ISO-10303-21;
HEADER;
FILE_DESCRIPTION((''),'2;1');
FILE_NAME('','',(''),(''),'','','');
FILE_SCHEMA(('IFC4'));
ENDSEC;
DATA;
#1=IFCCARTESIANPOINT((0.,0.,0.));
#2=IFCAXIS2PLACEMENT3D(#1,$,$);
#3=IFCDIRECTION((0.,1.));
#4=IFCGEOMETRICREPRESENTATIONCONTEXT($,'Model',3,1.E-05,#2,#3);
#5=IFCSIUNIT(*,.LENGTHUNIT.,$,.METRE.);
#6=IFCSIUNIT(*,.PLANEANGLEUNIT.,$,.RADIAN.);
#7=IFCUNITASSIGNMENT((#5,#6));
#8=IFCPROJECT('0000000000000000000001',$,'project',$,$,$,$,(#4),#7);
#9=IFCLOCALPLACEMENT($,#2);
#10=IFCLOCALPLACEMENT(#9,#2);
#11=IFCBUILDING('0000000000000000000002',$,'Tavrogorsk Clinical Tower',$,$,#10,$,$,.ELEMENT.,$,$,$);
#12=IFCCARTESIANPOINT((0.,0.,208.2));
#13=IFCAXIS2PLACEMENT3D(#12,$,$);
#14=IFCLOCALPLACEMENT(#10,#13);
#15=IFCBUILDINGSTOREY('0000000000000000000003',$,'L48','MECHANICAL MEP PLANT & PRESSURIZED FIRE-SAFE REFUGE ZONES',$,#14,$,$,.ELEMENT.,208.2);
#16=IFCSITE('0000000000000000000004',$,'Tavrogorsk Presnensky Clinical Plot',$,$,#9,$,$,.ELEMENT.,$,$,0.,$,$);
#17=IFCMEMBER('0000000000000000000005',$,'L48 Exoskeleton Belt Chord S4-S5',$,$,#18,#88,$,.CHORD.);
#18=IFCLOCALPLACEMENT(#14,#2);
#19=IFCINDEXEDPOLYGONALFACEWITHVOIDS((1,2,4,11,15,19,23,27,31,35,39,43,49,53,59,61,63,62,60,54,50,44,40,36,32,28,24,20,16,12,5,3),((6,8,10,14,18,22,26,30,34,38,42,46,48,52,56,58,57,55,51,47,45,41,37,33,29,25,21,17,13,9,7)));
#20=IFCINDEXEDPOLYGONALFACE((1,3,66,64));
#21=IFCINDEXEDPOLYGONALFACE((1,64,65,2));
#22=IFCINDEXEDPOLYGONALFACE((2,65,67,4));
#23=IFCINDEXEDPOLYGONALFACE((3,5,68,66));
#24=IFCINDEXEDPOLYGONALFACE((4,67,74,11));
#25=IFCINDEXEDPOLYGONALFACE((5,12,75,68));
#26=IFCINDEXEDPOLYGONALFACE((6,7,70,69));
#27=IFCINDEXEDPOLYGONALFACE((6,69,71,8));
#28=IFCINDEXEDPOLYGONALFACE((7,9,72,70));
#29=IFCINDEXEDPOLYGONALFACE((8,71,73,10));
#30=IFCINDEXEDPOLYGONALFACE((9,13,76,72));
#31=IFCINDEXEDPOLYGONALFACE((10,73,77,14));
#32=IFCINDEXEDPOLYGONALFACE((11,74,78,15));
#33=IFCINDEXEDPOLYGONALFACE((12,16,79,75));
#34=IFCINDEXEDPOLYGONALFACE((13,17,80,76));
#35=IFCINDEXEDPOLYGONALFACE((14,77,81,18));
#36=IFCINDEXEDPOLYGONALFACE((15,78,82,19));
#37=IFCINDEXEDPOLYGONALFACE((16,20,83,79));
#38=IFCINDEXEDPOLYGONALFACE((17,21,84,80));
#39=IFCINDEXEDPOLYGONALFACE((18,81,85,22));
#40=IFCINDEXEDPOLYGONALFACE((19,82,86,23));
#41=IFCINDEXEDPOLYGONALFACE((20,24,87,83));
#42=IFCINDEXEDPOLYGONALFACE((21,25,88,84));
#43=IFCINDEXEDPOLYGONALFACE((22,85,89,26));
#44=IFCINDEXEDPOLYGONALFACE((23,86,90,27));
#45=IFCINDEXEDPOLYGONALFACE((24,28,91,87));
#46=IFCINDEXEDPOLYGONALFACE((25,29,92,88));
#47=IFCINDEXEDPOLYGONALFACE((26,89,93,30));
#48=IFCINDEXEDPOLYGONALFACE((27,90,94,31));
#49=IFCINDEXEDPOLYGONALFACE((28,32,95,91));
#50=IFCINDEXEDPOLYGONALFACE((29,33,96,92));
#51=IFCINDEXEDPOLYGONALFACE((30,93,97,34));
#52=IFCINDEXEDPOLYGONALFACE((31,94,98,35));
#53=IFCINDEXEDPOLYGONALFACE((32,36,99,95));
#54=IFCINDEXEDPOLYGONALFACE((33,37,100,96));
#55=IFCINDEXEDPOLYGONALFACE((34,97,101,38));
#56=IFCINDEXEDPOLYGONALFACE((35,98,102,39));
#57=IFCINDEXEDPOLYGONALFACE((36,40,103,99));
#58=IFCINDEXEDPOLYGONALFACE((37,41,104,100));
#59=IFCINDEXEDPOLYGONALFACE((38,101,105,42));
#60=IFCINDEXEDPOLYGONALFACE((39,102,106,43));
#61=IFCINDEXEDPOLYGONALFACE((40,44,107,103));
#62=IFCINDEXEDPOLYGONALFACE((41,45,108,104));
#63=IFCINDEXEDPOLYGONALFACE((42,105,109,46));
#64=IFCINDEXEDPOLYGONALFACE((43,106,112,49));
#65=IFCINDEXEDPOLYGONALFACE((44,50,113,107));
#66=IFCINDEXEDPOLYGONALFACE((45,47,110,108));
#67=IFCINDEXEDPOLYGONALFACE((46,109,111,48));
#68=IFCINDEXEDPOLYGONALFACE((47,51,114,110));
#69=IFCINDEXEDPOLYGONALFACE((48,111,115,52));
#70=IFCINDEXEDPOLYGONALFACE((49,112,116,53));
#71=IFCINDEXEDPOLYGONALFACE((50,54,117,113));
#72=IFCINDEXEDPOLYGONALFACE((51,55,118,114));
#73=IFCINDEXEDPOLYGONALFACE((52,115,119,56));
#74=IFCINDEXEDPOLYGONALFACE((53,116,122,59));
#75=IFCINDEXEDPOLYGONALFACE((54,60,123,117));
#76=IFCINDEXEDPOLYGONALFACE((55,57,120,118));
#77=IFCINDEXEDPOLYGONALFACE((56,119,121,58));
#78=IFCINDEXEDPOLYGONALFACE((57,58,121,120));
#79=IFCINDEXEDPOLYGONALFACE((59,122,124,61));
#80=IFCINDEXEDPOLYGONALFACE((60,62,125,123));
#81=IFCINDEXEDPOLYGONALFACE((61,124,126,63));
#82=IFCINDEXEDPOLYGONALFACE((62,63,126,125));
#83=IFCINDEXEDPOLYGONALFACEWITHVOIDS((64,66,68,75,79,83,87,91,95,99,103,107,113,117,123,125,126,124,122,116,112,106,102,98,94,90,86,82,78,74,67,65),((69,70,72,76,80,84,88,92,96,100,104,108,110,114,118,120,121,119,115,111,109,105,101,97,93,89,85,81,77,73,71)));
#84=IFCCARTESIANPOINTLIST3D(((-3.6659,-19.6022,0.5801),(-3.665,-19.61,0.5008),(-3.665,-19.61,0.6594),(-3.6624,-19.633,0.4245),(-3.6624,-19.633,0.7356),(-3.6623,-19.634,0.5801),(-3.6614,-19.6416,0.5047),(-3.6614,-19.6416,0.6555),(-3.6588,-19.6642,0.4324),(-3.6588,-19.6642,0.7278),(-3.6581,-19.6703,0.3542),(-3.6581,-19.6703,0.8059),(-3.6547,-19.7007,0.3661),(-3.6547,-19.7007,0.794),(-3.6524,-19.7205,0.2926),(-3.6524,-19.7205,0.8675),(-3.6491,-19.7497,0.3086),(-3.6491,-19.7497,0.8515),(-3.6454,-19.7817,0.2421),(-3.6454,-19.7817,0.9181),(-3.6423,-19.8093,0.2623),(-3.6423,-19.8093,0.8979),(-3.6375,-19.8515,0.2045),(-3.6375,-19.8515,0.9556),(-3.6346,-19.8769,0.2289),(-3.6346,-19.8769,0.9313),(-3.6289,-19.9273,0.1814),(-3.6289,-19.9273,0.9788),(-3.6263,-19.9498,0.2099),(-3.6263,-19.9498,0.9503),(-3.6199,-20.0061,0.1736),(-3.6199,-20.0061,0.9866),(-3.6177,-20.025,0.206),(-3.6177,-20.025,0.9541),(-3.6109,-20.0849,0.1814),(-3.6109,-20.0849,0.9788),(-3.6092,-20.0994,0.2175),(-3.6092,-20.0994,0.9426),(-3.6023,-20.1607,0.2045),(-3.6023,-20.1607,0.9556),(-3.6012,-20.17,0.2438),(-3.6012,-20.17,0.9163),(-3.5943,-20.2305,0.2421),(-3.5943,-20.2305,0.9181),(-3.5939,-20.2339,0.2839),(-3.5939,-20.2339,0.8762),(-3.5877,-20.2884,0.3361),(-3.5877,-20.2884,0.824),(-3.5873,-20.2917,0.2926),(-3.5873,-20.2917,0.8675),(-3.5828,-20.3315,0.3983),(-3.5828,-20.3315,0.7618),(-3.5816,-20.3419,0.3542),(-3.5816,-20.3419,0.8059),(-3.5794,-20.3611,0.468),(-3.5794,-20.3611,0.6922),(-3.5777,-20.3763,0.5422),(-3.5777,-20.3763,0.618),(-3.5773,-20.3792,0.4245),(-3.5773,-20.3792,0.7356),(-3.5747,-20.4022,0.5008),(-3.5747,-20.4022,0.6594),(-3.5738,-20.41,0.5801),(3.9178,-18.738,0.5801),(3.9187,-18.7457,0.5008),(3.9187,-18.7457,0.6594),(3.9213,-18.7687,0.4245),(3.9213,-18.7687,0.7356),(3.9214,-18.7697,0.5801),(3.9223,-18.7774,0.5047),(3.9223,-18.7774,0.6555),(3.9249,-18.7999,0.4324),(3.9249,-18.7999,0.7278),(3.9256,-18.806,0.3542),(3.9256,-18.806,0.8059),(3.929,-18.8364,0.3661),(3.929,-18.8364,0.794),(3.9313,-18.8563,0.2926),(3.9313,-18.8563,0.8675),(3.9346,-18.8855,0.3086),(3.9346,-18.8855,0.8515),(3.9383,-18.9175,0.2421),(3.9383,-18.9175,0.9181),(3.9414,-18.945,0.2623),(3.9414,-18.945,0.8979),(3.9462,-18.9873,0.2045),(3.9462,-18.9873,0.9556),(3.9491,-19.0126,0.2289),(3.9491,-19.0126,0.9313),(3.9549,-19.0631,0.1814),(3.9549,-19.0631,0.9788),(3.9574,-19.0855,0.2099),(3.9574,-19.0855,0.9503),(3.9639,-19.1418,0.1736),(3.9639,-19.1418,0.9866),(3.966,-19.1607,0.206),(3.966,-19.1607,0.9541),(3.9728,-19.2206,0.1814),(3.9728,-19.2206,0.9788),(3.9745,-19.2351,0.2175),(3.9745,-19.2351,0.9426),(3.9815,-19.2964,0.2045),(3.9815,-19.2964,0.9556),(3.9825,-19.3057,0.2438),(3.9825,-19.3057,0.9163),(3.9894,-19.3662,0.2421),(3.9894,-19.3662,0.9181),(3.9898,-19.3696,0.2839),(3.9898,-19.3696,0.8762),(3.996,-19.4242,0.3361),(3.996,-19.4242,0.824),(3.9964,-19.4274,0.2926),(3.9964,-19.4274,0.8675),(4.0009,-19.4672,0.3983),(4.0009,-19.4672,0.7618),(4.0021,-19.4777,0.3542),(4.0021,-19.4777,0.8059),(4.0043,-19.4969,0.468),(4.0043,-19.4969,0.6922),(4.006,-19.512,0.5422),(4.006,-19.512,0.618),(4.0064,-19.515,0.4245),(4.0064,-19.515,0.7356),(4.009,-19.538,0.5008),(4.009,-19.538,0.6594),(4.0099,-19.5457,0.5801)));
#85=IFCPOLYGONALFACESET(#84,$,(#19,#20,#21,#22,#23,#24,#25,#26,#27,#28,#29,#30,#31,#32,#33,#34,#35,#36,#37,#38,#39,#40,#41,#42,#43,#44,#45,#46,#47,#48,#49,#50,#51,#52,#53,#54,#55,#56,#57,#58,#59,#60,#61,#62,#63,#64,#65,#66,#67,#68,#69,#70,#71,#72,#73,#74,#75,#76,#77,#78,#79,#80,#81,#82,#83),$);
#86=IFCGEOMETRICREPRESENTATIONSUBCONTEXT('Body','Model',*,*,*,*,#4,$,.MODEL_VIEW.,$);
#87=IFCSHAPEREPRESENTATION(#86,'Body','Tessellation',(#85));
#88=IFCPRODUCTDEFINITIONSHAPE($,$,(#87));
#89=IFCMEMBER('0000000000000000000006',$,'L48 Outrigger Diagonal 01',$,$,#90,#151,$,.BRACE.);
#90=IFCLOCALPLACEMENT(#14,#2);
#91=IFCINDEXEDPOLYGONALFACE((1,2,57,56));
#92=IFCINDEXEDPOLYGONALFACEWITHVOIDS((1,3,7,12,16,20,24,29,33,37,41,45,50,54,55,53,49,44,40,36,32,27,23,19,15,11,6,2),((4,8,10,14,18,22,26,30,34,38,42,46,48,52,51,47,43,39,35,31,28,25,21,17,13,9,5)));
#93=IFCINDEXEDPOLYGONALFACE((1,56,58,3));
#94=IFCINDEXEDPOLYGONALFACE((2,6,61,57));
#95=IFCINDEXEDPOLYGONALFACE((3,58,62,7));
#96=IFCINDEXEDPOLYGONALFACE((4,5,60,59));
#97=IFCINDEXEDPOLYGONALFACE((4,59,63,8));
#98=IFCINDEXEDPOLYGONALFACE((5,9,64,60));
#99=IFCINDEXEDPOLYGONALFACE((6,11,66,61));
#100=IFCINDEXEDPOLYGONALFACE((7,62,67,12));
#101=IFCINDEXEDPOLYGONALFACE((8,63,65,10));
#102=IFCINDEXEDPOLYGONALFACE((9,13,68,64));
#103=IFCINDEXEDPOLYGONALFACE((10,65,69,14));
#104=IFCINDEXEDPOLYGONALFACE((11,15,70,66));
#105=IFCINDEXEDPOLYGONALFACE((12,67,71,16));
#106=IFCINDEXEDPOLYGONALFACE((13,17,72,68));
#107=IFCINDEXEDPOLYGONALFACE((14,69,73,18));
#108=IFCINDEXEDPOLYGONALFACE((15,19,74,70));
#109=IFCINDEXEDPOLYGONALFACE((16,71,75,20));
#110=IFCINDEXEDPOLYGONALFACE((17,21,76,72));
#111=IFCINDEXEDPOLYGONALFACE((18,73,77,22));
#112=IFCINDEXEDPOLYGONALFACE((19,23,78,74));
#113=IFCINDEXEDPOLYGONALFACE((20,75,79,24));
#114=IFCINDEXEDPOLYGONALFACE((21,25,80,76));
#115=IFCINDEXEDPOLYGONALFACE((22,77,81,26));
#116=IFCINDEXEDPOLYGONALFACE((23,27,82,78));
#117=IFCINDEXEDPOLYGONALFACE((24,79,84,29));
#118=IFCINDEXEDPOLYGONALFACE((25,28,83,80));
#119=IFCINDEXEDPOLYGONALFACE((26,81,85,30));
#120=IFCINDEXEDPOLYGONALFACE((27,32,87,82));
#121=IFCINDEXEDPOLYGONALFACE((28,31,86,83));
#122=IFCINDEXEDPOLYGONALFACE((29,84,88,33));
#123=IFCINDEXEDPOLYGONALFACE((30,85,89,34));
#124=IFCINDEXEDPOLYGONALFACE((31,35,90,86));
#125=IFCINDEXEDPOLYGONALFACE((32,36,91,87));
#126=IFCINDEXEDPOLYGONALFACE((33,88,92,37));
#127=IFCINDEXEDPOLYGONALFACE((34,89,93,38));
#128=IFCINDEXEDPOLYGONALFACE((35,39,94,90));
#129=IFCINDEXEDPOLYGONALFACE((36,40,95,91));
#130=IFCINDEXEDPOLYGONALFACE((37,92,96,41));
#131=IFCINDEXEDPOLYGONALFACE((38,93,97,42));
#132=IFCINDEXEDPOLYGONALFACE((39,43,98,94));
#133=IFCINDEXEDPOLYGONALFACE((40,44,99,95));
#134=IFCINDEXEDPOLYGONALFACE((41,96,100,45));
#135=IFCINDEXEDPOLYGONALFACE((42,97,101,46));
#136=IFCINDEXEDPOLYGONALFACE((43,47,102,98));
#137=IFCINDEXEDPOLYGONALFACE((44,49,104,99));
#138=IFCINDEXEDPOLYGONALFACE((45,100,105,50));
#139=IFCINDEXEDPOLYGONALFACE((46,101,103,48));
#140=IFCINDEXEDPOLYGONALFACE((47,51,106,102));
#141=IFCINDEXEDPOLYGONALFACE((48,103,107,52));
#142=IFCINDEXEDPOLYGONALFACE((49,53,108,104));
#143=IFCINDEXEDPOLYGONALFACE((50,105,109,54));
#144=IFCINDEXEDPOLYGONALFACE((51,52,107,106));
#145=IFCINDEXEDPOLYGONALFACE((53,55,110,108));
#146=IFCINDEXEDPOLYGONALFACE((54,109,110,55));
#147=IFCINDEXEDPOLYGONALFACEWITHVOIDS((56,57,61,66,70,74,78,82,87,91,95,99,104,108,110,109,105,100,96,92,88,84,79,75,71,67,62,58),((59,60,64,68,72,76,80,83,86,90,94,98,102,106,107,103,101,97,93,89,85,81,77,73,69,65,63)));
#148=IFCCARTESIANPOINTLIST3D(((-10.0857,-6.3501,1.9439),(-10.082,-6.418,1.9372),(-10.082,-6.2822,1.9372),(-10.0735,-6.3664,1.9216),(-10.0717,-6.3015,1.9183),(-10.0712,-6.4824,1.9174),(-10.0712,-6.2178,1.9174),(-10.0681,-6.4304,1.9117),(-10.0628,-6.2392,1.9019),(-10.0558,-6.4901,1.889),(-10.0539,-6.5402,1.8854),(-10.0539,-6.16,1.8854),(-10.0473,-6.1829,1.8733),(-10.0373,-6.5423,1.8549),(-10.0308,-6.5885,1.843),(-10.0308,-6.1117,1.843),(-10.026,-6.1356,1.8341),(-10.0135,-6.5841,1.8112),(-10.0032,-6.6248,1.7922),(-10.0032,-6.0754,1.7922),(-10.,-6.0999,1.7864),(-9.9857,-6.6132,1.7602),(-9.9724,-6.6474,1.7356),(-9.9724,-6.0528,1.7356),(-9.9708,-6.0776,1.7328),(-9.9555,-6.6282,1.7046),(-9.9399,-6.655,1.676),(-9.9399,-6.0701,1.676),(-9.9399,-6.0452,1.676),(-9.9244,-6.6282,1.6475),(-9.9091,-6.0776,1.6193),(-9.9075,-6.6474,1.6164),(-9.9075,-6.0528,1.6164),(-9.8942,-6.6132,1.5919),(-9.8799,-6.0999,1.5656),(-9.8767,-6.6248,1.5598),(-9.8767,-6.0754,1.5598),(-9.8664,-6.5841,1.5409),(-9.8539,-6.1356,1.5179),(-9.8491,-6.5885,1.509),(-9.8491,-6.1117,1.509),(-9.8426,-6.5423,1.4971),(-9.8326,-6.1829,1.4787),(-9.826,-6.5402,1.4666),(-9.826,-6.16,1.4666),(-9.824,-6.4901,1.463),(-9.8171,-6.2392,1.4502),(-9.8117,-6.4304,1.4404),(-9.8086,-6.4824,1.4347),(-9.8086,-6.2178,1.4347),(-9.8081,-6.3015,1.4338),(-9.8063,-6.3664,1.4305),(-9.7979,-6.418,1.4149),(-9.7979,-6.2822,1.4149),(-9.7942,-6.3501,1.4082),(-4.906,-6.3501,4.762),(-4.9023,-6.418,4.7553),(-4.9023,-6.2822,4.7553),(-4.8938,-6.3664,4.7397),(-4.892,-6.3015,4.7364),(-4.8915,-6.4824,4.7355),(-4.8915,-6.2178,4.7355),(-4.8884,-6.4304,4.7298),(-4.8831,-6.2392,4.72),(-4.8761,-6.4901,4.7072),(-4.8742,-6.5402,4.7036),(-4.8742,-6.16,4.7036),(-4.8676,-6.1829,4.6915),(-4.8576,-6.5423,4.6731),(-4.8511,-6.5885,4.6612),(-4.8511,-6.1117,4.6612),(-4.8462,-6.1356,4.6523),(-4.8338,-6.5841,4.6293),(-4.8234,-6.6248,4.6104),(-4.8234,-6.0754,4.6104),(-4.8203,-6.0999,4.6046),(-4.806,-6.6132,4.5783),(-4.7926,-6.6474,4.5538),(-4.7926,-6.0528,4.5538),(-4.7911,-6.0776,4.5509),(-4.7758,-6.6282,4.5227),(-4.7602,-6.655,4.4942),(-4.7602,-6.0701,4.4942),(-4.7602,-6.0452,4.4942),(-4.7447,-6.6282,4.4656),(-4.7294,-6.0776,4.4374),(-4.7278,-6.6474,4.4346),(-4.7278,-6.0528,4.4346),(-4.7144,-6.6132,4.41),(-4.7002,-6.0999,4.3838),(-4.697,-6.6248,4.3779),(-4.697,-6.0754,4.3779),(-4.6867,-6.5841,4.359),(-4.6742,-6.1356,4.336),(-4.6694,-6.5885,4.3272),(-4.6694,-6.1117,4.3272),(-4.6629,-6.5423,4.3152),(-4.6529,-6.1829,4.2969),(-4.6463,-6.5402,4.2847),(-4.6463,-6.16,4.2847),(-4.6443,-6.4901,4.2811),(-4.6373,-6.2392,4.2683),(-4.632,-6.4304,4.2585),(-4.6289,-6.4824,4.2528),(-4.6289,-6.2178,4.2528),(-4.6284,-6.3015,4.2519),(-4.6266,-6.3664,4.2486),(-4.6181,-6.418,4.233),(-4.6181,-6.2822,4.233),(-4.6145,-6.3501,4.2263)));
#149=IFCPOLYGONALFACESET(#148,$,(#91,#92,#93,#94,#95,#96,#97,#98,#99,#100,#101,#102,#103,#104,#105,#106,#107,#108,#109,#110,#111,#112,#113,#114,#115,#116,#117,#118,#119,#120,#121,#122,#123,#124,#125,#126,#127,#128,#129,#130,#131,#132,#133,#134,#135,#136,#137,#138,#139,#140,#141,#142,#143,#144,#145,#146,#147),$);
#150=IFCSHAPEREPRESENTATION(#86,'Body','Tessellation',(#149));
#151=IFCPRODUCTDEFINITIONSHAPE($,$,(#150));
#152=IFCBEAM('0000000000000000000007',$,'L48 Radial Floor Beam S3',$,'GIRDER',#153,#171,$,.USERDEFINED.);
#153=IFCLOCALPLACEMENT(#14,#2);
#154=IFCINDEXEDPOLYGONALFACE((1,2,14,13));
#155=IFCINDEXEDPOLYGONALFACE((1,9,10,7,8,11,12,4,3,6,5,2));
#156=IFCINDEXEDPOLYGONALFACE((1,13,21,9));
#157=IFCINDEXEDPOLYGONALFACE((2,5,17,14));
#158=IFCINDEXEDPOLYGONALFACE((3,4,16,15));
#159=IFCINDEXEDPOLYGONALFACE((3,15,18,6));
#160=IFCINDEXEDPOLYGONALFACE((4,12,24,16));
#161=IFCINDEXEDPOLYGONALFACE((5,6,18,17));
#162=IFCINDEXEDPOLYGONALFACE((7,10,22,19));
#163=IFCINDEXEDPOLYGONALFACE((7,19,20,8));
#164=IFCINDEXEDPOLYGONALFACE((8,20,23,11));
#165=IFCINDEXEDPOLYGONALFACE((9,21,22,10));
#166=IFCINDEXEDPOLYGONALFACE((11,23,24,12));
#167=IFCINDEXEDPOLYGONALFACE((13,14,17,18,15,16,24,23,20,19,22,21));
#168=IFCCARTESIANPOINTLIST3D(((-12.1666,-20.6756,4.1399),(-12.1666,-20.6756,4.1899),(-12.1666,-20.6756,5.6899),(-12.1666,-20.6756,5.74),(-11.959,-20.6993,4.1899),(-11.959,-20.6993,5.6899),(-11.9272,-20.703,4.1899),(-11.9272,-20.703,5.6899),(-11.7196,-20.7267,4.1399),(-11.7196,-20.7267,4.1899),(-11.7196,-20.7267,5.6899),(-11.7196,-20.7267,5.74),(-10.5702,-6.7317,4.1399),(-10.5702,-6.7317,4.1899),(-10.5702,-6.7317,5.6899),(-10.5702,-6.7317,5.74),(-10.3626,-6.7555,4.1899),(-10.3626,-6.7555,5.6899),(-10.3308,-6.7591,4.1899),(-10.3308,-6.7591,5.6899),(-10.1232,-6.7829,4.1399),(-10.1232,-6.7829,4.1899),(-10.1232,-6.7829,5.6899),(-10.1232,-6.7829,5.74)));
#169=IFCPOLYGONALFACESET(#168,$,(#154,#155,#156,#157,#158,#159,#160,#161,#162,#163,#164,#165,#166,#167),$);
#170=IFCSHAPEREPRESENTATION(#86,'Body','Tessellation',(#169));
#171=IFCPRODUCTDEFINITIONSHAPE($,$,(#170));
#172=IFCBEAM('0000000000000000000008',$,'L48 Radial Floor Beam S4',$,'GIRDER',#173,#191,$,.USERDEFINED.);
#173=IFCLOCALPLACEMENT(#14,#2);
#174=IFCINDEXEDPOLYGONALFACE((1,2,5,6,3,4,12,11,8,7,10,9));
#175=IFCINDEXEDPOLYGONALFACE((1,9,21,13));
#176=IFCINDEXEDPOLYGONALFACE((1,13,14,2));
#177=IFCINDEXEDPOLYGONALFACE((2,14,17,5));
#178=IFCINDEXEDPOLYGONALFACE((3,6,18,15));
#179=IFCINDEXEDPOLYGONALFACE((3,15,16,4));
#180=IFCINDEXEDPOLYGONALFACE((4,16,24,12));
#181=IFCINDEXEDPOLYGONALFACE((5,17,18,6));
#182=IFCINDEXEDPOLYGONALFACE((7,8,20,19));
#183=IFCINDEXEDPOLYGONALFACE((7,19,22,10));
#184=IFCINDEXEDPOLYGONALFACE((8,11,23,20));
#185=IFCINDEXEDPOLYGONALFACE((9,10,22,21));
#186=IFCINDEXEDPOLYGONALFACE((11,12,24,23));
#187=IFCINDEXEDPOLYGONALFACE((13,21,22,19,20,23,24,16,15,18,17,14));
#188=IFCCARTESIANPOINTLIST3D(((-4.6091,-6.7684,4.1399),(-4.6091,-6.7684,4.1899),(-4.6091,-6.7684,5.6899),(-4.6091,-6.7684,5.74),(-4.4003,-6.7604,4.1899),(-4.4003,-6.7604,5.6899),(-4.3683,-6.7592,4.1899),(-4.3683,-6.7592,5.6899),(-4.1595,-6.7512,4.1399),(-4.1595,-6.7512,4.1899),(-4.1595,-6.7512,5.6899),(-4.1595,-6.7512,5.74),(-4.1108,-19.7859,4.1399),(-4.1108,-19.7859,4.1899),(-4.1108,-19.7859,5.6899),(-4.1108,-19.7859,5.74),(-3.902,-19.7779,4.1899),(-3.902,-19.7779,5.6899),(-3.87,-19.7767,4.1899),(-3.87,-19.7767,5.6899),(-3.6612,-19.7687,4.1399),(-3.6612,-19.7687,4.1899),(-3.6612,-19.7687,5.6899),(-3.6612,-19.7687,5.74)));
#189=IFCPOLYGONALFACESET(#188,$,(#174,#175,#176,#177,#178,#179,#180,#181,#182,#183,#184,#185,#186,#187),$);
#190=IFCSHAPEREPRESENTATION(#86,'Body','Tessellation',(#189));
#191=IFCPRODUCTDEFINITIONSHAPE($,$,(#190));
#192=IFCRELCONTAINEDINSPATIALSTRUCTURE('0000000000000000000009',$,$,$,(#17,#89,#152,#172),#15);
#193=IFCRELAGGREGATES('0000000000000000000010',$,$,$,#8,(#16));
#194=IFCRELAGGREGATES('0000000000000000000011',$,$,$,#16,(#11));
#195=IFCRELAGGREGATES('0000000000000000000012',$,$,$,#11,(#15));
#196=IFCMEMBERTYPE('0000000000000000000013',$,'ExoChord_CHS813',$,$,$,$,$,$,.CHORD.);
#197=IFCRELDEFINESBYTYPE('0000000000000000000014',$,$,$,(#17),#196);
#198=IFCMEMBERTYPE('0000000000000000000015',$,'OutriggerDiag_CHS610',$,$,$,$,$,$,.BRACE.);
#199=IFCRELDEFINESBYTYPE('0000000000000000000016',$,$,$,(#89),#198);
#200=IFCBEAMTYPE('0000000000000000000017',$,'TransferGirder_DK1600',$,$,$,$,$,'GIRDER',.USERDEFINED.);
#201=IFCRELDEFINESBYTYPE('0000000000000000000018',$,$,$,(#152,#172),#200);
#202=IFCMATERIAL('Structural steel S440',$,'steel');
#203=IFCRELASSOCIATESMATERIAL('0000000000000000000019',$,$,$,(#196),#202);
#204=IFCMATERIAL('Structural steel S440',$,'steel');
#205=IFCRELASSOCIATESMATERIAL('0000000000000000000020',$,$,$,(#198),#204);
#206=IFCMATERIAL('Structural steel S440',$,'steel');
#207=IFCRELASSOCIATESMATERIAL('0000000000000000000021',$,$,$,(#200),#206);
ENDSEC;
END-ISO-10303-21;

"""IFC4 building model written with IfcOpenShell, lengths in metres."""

from ifc_helpers import new_model, si_unit, direction, frame, origin, origin_2d, place, context, subcontext, project, spatial, hollow_circle, i_section, extrude, material, material_profile, profile_set, type_object, element, save


model = new_model("IFC4")

# Units and contexts
model_context = context("Model", 3, precision=1e-05, world=origin(), true_north=direction((0.0, 1.0)))
body_context = subcontext(model_context, "Body", "Model", "MODEL_VIEW")
ifc_project = project(units=[si_unit("LENGTHUNIT", "METRE"), si_unit("PLANEANGLEUNIT", "RADIAN")], contexts=[model_context])

# Site, building, storey
site_placement = place(None, origin())
site = spatial("IfcSite", under=ifc_project, at=site_placement, Name="Tavrogorsk Presnensky Clinical Plot", CompositionType="ELEMENT", RefElevation=0.0)
building_placement = place(site_placement, origin())
building = spatial("IfcBuilding", under=site, at=building_placement, Name="Tavrogorsk Clinical Tower", CompositionType="ELEMENT")
storey_placement = place(building_placement, frame((0.0, 0.0, 208.2)))
storey = spatial("IfcBuildingStorey", under=building, at=storey_placement, Name="L48", Description="MECHANICAL MEP PLANT & PRESSURIZED FIRE-SAFE REFUGE ZONES", CompositionType="ELEMENT", Elevation=208.2)

# Members
ifc_material_1 = material(Name="Structural steel S440", Category="steel")
ifc_material_profile_1 = material_profile(ifc_material_1, hollow_circle(Radius=0.4065, WallThickness=0.032, at=origin_2d()), Name="CHS-813x32")
ifc_profile_set_1 = profile_set([ifc_material_profile_1], Name="Structural steel S440")
member_type_1 = type_object("IfcMemberType", Name="ExoChord_CHS813", PredefinedType="CHORD", material=ifc_profile_set_1)
for number, where, z_axis, x_axis, name in (
    (1, (-3.6199, -20.0061, 0.5801), (0.993569, 0.113229, 0.0), (-0.113229, 0.993569, 0.0), "L48 Exoskeleton Belt Chord S4-S5"),
):
    element("IfcMember", number, at=place(storey_placement, frame(where, z_axis=z_axis, x_axis=x_axis)), inside=storey, type_object=member_type_1, Name=name, PredefinedType="CHORD", context=body_context, shape_type="SweptSolid", body=[
        extrude(hollow_circle(Radius=0.4065, WallThickness=0.032, at=origin_2d()), origin(), (0.0, 0.0, 1.0), 7.6328),
    ])
ifc_material_2 = material(Name="Structural steel S440", Category="steel")
ifc_material_profile_2 = material_profile(ifc_material_2, hollow_circle(Radius=0.3049, WallThickness=0.0249, at=origin_2d()), Name="CHS-610x25")
ifc_profile_set_2 = profile_set([ifc_material_profile_2], Name="Structural steel S440")
member_type_2 = type_object("IfcMemberType", Name="OutriggerDiag_CHS610", PredefinedType="BRACE", material=ifc_profile_set_2)
member_1_placement = place(storey_placement, frame((-9.9399, -6.3501, 1.676), z_axis=(0.878406, 0.0, 0.477915), x_axis=(0.0, 1.0, 0.0)))
element("IfcMember", 2, at=member_1_placement, inside=storey, type_object=member_type_2, Name="L48 Outrigger Diagonal 01", PredefinedType="BRACE", context=body_context, shape_type="SweptSolid", body=[
    extrude(hollow_circle(Radius=0.3049, WallThickness=0.0249, at=origin_2d()), origin(), (0.0, 0.0, 1.0), 5.8967),
])

# Beams
ifc_material_3 = material(Name="Structural steel S440", Category="steel")
ifc_material_profile_3 = material_profile(ifc_material_3, i_section(OverallWidth=0.45, OverallDepth=1.6001, WebThickness=0.032, FlangeThickness=0.05, at=origin_2d()), Name="DK-1600x450x32x50")
ifc_profile_set_3 = profile_set([ifc_material_profile_3], Name="Structural steel S440")
beam_type_1 = type_object("IfcBeamType", Name="TransferGirder_DK1600", ElementType="GIRDER", PredefinedType="USERDEFINED", material=ifc_profile_set_3)
beam_1_placement = place(storey_placement, frame((-10.3467, -6.7573, 4.9399), z_axis=(-0.113747, -0.99351, 0.0), x_axis=(0.99351, -0.113747, 0.0)))
element("IfcBeam", 3, at=beam_1_placement, inside=storey, type_object=beam_type_1, Name="L48 Radial Floor Beam S3", ObjectType="GIRDER", PredefinedType="USERDEFINED", context=body_context, shape_type="SweptSolid", body=[
    extrude(i_section(OverallWidth=0.45, OverallDepth=1.6001, WebThickness=0.032, FlangeThickness=0.05, at=origin_2d()), origin(), (0.0, 0.0, 1.0), 14.0349),
])
beam_2_placement = place(storey_placement, frame((-4.3843, -6.7598, 4.9399), z_axis=(0.03825, -0.999268, 0.0), x_axis=(0.999268, 0.03825, 0.0)))
element("IfcBeam", 4, at=beam_2_placement, inside=storey, type_object=beam_type_1, Name="L48 Radial Floor Beam S4", ObjectType="GIRDER", PredefinedType="USERDEFINED", context=body_context, shape_type="SweptSolid", body=[
    extrude(i_section(OverallWidth=0.45, OverallDepth=1.6001, WebThickness=0.032, FlangeThickness=0.05, at=origin_2d()), origin(), (0.0, 0.0, 1.0), 13.0271),
])

save(model, "model.ifc")
